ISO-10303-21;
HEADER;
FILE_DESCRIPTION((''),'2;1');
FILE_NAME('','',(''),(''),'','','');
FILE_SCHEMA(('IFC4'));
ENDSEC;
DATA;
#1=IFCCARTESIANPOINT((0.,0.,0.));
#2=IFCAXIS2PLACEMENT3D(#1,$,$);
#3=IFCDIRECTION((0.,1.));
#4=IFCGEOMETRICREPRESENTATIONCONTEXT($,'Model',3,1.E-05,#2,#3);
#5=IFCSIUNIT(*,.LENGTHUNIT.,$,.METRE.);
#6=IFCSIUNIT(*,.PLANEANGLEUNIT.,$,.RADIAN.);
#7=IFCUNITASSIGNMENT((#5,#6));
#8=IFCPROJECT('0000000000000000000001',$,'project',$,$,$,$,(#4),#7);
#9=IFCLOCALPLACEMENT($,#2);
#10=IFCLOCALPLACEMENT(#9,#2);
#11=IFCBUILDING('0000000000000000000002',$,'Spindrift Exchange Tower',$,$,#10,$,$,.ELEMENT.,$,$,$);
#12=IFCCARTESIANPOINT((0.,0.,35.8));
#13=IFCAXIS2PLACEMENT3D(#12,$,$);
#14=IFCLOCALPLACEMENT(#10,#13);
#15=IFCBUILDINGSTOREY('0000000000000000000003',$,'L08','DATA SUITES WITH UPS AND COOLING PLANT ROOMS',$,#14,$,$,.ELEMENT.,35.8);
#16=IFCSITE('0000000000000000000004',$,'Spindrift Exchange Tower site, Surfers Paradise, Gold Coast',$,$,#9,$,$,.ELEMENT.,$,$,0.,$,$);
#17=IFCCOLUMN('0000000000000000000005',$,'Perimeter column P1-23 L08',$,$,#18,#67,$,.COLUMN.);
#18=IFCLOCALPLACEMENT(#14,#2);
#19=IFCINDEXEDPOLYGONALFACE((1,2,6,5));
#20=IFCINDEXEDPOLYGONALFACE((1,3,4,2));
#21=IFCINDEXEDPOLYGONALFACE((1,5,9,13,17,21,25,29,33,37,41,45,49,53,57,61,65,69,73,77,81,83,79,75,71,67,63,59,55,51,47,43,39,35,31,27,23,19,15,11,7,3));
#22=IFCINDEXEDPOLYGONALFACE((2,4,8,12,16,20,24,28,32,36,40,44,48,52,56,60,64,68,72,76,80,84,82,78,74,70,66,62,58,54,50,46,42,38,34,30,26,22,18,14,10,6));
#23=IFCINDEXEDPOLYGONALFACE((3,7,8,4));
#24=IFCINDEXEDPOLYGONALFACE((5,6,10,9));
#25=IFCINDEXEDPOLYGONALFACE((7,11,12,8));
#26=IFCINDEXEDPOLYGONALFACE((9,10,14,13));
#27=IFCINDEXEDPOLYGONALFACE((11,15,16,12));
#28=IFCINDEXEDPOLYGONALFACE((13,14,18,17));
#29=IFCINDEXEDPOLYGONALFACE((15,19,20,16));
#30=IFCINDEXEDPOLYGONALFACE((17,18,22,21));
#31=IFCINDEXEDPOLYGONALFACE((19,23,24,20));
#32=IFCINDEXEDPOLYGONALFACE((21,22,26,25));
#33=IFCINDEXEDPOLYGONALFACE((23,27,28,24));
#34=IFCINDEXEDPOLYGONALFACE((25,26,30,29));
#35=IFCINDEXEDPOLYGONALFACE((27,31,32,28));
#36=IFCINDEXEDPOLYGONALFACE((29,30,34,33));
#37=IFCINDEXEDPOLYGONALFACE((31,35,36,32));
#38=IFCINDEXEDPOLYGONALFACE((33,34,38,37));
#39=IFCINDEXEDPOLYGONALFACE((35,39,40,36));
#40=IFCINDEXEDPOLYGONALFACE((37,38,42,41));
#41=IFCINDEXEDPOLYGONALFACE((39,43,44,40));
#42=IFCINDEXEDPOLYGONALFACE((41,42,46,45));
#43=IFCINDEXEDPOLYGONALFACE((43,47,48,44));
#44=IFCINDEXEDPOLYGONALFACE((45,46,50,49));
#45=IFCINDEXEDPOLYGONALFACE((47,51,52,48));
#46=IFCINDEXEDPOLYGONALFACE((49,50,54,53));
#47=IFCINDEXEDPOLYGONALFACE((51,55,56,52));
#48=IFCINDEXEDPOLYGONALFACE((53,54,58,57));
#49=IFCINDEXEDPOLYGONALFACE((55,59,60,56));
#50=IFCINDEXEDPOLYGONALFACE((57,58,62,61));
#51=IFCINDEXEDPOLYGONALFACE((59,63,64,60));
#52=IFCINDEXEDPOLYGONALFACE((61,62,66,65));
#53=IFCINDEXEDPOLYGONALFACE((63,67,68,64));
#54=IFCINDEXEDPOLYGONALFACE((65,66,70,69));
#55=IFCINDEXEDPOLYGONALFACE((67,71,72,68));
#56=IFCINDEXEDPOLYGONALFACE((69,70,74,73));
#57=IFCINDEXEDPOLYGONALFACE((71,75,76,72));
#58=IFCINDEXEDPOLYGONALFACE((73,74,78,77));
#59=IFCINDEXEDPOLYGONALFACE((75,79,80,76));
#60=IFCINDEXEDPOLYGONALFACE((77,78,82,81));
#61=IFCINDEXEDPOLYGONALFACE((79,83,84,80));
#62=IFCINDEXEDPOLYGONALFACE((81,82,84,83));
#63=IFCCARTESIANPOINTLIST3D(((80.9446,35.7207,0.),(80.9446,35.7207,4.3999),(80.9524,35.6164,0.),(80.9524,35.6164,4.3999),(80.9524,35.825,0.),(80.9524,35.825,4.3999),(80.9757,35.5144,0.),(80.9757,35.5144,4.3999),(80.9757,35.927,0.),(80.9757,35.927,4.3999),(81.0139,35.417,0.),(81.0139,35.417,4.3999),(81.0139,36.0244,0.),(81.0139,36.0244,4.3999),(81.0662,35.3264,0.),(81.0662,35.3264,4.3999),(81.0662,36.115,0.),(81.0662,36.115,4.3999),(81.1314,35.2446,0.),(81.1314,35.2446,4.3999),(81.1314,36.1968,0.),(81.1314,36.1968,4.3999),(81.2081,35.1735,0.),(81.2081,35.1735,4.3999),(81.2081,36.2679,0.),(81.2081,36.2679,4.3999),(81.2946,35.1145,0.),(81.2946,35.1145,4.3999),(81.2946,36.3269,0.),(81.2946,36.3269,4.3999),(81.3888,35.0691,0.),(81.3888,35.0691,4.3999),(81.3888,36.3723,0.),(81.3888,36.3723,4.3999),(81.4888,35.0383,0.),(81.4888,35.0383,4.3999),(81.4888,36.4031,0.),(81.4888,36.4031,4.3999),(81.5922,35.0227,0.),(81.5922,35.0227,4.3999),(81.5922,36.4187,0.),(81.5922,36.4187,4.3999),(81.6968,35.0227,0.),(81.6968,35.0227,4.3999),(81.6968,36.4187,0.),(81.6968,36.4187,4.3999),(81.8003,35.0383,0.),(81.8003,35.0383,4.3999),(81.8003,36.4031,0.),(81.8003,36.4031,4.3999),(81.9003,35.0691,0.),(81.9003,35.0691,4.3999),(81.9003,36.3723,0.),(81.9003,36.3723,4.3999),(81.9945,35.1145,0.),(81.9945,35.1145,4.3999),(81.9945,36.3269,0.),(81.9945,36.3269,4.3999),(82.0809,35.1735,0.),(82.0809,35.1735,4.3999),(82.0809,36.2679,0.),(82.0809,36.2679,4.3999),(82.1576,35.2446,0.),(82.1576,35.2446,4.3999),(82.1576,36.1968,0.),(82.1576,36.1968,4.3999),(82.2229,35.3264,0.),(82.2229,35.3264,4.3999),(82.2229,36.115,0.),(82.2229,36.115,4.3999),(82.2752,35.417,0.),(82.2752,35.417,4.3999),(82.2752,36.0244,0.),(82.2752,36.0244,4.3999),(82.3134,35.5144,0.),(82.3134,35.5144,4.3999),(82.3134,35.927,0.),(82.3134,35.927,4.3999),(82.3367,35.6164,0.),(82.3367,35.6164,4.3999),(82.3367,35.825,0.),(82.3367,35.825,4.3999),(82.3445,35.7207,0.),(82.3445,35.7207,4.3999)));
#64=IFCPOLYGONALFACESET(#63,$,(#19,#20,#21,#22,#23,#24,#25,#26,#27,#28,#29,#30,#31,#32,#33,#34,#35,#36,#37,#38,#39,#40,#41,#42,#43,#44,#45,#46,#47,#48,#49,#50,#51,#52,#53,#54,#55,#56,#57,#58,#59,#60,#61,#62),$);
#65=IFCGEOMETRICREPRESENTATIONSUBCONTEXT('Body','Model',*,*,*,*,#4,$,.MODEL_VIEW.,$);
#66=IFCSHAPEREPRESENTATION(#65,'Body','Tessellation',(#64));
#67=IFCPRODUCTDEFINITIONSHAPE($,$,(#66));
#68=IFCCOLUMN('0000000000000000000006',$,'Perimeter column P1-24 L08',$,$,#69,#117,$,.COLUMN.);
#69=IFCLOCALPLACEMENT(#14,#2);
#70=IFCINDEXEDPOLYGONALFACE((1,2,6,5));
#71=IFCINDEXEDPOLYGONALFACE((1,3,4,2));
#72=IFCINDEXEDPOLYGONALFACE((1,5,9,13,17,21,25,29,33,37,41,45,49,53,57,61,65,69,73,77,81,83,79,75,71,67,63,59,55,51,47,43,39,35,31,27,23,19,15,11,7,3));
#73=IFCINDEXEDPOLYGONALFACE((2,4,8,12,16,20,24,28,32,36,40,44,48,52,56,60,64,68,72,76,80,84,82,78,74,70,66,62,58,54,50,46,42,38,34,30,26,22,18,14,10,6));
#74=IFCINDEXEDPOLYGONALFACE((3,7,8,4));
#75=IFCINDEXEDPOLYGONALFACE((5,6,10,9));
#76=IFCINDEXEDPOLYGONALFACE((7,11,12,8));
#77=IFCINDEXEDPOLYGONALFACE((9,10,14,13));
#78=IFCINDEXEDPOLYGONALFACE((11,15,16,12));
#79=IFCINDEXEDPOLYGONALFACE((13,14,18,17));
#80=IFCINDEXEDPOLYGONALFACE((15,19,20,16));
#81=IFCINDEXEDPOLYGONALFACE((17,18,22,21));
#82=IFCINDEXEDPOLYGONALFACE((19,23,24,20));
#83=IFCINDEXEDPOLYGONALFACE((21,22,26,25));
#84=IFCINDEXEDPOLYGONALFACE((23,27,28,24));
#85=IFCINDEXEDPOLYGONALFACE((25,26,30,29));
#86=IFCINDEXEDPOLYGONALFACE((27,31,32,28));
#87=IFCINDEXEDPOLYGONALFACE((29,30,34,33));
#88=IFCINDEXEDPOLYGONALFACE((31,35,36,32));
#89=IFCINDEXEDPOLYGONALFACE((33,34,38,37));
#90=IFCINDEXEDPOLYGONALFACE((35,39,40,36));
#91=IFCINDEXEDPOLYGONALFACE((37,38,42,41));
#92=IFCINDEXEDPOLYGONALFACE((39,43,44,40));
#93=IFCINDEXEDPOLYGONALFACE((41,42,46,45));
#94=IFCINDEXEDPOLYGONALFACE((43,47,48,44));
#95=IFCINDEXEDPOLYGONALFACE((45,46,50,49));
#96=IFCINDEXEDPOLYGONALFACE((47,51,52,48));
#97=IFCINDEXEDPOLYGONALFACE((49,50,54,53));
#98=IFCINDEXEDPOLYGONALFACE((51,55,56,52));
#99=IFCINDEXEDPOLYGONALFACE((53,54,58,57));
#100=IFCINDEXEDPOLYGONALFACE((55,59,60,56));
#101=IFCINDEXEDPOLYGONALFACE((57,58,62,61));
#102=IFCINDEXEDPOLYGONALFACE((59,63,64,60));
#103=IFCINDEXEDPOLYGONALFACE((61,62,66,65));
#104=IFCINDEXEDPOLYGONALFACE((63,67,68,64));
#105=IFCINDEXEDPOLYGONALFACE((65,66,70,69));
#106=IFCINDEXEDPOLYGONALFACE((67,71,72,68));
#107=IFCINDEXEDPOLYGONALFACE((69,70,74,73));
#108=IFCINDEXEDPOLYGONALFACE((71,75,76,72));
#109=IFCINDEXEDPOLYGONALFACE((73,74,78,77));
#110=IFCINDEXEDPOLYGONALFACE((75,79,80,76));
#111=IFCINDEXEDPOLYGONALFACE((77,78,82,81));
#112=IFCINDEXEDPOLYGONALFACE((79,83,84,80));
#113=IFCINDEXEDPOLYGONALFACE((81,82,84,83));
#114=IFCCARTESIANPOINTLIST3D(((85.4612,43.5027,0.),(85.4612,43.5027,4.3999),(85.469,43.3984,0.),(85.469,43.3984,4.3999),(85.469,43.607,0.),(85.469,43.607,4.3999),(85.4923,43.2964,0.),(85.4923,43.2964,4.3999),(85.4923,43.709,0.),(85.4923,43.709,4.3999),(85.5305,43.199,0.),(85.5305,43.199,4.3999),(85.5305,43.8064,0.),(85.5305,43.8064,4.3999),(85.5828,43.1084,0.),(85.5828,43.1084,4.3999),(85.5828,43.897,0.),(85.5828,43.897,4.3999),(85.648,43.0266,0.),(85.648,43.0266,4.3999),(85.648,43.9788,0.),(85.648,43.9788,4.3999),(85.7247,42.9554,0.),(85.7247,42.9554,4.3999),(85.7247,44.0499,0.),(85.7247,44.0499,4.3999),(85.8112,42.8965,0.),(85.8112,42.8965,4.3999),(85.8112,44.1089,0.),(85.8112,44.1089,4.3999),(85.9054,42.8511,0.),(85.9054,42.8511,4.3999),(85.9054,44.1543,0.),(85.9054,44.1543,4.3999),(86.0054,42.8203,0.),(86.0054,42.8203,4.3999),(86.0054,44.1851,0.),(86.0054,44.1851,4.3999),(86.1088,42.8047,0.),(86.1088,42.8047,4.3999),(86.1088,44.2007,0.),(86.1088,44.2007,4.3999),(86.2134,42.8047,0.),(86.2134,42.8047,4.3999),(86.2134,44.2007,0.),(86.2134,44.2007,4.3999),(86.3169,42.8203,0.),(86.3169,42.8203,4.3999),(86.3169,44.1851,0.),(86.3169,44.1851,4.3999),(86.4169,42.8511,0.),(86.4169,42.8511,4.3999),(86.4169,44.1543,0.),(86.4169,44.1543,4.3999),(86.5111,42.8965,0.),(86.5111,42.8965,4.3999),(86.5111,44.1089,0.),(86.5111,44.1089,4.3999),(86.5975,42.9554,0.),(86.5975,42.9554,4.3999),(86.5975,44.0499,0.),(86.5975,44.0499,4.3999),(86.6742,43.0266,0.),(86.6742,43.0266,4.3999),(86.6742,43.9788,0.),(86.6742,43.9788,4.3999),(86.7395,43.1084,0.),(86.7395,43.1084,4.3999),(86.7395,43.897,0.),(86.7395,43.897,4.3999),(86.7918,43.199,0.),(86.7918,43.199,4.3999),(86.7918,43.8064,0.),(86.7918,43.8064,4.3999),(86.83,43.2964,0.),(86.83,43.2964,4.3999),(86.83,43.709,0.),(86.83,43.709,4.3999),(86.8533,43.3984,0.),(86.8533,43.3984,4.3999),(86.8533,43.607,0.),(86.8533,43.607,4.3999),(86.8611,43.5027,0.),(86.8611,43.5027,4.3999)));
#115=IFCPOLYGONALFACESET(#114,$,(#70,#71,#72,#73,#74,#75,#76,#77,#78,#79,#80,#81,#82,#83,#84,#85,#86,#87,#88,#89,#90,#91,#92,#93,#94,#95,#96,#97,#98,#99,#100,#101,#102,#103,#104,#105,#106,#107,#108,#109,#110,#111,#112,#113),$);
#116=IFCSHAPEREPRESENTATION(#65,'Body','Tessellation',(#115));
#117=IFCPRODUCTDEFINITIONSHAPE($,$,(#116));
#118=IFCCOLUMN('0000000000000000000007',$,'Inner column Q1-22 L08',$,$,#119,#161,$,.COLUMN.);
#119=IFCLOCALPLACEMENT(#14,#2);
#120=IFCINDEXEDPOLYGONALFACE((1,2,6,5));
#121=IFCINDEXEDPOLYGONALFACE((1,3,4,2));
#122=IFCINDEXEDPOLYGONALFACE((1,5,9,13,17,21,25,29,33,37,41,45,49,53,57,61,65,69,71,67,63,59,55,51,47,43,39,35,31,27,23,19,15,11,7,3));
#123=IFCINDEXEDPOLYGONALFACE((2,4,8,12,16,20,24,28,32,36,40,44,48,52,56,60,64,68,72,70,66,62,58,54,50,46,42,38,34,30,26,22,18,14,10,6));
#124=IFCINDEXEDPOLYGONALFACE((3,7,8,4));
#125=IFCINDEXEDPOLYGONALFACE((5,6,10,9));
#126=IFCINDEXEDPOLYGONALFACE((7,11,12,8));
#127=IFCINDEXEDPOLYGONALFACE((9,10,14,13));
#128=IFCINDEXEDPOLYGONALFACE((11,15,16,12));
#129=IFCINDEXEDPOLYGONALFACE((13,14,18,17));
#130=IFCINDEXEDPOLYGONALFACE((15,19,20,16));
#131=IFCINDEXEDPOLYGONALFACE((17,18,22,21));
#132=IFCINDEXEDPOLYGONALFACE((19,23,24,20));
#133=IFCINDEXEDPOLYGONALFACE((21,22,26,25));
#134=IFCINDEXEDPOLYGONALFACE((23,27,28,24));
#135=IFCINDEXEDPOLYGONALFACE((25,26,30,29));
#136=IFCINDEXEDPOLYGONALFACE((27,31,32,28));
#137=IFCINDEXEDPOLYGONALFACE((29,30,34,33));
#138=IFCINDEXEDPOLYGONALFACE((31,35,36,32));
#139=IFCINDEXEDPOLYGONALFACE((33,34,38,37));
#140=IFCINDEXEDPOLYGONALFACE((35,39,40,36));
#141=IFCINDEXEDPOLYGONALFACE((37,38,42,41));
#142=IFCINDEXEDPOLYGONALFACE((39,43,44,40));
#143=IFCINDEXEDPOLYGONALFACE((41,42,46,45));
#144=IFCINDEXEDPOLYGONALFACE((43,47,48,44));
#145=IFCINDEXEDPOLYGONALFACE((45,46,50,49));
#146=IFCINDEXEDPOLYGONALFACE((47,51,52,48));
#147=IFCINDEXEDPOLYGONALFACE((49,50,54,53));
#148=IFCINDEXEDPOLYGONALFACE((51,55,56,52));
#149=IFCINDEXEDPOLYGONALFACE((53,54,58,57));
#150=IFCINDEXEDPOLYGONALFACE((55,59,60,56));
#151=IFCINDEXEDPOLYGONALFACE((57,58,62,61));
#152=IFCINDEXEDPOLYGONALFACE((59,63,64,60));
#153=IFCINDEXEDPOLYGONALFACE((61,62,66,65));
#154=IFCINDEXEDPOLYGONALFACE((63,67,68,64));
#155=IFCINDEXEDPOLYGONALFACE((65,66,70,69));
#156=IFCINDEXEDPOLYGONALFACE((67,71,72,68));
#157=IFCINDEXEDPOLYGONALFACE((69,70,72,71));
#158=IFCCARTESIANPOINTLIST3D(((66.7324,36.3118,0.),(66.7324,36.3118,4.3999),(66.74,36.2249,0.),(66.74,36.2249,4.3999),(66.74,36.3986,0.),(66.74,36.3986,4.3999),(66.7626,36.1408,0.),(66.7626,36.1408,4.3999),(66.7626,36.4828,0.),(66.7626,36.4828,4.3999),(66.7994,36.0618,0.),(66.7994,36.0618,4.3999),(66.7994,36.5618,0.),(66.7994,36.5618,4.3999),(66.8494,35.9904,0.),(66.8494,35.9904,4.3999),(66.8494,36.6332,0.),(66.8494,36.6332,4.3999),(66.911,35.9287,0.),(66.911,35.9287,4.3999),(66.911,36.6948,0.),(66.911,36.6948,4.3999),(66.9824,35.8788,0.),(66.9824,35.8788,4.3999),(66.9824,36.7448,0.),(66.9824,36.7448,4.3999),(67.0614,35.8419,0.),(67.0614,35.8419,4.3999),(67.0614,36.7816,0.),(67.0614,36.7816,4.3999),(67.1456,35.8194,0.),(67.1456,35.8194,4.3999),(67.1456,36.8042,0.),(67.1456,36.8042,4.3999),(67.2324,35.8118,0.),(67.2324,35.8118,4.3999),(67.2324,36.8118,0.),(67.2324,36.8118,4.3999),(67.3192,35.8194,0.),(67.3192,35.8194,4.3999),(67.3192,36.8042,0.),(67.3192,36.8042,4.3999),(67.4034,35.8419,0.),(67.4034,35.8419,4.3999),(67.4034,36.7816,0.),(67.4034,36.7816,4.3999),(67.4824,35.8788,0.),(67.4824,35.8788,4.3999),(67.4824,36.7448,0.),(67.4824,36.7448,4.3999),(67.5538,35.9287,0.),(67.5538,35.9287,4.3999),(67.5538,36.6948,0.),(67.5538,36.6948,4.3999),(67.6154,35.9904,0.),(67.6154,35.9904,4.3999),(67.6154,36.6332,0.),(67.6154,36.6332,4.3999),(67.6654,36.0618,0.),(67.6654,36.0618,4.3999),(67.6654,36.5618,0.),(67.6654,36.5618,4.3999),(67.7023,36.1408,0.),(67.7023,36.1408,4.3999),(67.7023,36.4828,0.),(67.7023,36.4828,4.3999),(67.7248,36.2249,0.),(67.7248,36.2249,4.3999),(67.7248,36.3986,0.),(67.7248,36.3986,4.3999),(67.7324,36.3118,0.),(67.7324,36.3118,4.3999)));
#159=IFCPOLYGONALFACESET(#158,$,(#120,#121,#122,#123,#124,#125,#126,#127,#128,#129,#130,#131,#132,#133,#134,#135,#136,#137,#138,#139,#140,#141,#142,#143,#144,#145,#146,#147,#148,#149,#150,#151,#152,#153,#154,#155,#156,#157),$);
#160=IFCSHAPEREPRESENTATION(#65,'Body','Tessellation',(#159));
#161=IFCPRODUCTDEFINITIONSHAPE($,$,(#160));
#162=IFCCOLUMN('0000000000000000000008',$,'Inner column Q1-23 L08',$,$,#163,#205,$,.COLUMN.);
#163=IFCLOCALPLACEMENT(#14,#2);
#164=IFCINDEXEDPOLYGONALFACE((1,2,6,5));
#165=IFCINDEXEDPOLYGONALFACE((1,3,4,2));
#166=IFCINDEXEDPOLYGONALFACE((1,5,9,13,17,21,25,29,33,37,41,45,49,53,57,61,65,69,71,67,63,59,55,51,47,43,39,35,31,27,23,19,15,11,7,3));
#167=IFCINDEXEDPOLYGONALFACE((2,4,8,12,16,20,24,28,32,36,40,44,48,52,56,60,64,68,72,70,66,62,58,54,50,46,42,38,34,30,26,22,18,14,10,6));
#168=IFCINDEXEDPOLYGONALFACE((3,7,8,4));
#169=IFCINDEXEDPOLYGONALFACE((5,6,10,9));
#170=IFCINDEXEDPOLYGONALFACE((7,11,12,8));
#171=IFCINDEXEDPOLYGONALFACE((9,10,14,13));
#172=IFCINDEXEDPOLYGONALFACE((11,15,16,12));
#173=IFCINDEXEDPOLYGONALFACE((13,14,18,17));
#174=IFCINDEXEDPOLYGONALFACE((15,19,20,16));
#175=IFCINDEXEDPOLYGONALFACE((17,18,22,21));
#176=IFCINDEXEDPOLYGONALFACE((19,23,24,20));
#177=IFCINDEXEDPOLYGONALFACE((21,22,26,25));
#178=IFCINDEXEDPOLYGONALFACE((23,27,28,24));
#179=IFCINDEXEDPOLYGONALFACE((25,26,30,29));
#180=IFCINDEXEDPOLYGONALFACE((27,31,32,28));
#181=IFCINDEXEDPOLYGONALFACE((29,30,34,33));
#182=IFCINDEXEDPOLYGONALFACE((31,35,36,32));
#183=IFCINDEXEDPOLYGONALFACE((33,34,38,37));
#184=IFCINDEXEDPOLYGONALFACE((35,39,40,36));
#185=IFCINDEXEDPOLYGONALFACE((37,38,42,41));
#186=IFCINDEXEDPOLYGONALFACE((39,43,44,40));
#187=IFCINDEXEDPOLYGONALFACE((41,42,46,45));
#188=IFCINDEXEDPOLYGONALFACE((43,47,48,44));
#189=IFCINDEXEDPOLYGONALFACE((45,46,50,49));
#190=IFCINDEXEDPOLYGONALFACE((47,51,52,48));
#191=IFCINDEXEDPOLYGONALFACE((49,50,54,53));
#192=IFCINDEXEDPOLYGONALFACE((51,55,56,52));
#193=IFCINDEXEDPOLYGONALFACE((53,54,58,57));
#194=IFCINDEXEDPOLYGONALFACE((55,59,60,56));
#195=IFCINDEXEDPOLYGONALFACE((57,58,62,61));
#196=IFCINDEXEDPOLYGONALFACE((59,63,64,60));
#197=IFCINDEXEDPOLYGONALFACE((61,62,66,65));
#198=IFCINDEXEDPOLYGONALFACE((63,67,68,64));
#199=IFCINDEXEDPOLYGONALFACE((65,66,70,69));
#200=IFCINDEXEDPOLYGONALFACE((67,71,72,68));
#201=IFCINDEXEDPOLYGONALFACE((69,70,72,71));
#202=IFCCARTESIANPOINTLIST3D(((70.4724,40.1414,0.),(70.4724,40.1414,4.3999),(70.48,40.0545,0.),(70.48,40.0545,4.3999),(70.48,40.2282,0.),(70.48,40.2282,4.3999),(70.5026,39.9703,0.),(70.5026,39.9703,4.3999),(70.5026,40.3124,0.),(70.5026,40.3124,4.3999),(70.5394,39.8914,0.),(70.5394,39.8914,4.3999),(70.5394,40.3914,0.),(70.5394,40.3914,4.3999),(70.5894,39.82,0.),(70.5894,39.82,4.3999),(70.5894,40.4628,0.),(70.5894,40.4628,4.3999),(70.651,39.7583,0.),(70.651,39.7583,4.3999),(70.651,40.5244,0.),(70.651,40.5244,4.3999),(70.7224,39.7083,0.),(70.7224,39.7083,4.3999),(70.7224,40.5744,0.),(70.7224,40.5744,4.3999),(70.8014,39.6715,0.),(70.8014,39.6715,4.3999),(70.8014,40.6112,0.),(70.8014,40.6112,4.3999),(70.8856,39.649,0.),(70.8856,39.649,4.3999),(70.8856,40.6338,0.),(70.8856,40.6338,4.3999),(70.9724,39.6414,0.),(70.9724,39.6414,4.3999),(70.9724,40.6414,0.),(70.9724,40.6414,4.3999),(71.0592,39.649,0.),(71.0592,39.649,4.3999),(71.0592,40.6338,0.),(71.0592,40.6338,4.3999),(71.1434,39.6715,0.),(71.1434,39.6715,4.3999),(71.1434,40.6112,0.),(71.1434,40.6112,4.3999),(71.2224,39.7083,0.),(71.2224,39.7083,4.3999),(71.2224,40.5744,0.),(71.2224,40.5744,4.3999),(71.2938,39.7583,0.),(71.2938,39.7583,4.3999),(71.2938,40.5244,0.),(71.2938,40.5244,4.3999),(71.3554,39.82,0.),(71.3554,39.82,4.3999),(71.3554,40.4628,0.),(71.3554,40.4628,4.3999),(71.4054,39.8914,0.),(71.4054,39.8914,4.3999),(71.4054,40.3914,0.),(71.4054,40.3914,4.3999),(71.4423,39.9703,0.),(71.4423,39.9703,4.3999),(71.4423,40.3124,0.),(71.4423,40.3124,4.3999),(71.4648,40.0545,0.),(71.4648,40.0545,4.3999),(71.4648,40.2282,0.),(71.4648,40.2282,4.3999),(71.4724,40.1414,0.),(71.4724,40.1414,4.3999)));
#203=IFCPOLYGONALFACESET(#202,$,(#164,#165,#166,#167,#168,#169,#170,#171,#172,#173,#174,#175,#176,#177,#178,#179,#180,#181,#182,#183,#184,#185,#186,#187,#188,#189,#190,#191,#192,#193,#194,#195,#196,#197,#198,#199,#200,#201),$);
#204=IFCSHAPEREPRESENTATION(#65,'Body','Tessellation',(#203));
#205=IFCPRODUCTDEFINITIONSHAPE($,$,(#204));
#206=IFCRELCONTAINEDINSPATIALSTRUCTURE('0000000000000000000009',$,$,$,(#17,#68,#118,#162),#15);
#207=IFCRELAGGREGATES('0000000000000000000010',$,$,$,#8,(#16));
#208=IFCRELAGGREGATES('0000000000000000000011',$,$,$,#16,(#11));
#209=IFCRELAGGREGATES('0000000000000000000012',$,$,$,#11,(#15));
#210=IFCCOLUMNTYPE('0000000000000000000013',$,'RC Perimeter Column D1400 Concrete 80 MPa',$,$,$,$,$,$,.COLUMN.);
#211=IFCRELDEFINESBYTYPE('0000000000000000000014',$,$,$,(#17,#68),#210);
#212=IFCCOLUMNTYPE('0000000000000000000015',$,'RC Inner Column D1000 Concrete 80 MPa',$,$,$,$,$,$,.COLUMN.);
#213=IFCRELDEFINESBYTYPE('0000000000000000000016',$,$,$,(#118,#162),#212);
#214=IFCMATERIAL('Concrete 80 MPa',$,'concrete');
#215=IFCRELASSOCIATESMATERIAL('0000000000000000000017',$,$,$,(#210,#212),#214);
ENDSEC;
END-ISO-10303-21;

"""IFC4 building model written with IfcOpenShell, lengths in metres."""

from ifc_helpers import new_model, si_unit, direction, frame, origin, origin_2d, place, context, subcontext, project, spatial, circle, extrude, source, transform, mapped, material, material_profile, profile_set, type_object, element, save


model = new_model("IFC4")

# Units and contexts
model_context = context("Model", 3, precision=1e-05, world=origin(), true_north=direction((0.0, 1.0)))
body_context = subcontext(model_context, "Body", "Model", "MODEL_VIEW")
ifc_project = project(units=[si_unit("LENGTHUNIT", "METRE"), si_unit("PLANEANGLEUNIT", "RADIAN")], contexts=[model_context])

# Site, building, storey
site_placement = place(None, origin())
site = spatial("IfcSite", under=ifc_project, at=site_placement, Name="Spindrift Exchange Tower site, Surfers Paradise, Gold Coast", CompositionType="ELEMENT", RefElevation=0.0)
building_placement = place(site_placement, origin())
building = spatial("IfcBuilding", under=site, at=building_placement, Name="Spindrift Exchange Tower", CompositionType="ELEMENT")
storey_placement = place(building_placement, frame((0.0, 0.0, 35.8)))
storey = spatial("IfcBuildingStorey", under=building, at=storey_placement, Name="L08", Description="DATA SUITES WITH UPS AND COOLING PLANT ROOMS", CompositionType="ELEMENT", Elevation=35.8)

# Columns
ifc_material_1 = material(Name="Concrete 80 MPa", Category="concrete")
ifc_material_profile_1 = material_profile(ifc_material_1, circle(Radius=0.7, at=origin_2d()), Name="RC D1400")
ifc_profile_set_1 = profile_set([ifc_material_profile_1], Name="Concrete 80 MPa")
column_type_1 = type_object("IfcColumnType", Name="RC Perimeter Column D1400 Concrete 80 MPa", PredefinedType="COLUMN", material=ifc_profile_set_1)
shared_shape_1 = source(origin(), body_context, "Body", "SweptSolid", [
    extrude(circle(Radius=0.7, at=origin_2d()), origin(), (0.0, 0.0, 1.0), 4.3999),
])
for number, where, z_axis, x_axis, name in (
    (1, (81.6445, 35.7207, 0.0), (0.0, 0.0, 1.0), (1.0, 0.0, 0.0), "Perimeter column P1-23 L08"),
    (2, (86.1611, 43.5027, 0.0), (0.0, 0.0, 1.0), (1.0, 0.0, 0.0), "Perimeter column P1-24 L08"),
):
    element("IfcColumn", number, at=place(storey_placement, frame(where, z_axis=z_axis, x_axis=x_axis)), inside=storey, type_object=column_type_1, Name=name, PredefinedType="COLUMN", context=body_context, shape_type="MappedRepresentation", body=[
        mapped(shared_shape_1, transform((0.0, 0.0, 0.0), scale=1.0)),
    ])
ifc_material_profile_2 = material_profile(ifc_material_1, circle(Radius=0.5, at=origin_2d()), Name="RC D1000")
ifc_profile_set_2 = profile_set([ifc_material_profile_2], Name="Concrete 80 MPa")
column_type_2 = type_object("IfcColumnType", Name="RC Inner Column D1000 Concrete 80 MPa", PredefinedType="COLUMN", material=ifc_profile_set_2)
shared_shape_2 = source(origin(), body_context, "Body", "SweptSolid", [
    extrude(circle(Radius=0.5, at=origin_2d()), origin(), (0.0, 0.0, 1.0), 4.3999),
])
for number, where, z_axis, x_axis, name in (
    (3, (67.2324, 36.3118, 0.0), (0.0, 0.0, 1.0), (1.0, 0.0, 0.0), "Inner column Q1-22 L08"),
    (4, (70.9724, 40.1414, 0.0), (0.0, 0.0, 1.0), (1.0, 0.0, 0.0), "Inner column Q1-23 L08"),
):
    element("IfcColumn", number, at=place(storey_placement, frame(where, z_axis=z_axis, x_axis=x_axis)), inside=storey, type_object=column_type_2, Name=name, PredefinedType="COLUMN", context=body_context, shape_type="MappedRepresentation", body=[
        mapped(shared_shape_2, transform((0.0, 0.0, 0.0), scale=1.0)),
    ])

save(model, "model.ifc")
